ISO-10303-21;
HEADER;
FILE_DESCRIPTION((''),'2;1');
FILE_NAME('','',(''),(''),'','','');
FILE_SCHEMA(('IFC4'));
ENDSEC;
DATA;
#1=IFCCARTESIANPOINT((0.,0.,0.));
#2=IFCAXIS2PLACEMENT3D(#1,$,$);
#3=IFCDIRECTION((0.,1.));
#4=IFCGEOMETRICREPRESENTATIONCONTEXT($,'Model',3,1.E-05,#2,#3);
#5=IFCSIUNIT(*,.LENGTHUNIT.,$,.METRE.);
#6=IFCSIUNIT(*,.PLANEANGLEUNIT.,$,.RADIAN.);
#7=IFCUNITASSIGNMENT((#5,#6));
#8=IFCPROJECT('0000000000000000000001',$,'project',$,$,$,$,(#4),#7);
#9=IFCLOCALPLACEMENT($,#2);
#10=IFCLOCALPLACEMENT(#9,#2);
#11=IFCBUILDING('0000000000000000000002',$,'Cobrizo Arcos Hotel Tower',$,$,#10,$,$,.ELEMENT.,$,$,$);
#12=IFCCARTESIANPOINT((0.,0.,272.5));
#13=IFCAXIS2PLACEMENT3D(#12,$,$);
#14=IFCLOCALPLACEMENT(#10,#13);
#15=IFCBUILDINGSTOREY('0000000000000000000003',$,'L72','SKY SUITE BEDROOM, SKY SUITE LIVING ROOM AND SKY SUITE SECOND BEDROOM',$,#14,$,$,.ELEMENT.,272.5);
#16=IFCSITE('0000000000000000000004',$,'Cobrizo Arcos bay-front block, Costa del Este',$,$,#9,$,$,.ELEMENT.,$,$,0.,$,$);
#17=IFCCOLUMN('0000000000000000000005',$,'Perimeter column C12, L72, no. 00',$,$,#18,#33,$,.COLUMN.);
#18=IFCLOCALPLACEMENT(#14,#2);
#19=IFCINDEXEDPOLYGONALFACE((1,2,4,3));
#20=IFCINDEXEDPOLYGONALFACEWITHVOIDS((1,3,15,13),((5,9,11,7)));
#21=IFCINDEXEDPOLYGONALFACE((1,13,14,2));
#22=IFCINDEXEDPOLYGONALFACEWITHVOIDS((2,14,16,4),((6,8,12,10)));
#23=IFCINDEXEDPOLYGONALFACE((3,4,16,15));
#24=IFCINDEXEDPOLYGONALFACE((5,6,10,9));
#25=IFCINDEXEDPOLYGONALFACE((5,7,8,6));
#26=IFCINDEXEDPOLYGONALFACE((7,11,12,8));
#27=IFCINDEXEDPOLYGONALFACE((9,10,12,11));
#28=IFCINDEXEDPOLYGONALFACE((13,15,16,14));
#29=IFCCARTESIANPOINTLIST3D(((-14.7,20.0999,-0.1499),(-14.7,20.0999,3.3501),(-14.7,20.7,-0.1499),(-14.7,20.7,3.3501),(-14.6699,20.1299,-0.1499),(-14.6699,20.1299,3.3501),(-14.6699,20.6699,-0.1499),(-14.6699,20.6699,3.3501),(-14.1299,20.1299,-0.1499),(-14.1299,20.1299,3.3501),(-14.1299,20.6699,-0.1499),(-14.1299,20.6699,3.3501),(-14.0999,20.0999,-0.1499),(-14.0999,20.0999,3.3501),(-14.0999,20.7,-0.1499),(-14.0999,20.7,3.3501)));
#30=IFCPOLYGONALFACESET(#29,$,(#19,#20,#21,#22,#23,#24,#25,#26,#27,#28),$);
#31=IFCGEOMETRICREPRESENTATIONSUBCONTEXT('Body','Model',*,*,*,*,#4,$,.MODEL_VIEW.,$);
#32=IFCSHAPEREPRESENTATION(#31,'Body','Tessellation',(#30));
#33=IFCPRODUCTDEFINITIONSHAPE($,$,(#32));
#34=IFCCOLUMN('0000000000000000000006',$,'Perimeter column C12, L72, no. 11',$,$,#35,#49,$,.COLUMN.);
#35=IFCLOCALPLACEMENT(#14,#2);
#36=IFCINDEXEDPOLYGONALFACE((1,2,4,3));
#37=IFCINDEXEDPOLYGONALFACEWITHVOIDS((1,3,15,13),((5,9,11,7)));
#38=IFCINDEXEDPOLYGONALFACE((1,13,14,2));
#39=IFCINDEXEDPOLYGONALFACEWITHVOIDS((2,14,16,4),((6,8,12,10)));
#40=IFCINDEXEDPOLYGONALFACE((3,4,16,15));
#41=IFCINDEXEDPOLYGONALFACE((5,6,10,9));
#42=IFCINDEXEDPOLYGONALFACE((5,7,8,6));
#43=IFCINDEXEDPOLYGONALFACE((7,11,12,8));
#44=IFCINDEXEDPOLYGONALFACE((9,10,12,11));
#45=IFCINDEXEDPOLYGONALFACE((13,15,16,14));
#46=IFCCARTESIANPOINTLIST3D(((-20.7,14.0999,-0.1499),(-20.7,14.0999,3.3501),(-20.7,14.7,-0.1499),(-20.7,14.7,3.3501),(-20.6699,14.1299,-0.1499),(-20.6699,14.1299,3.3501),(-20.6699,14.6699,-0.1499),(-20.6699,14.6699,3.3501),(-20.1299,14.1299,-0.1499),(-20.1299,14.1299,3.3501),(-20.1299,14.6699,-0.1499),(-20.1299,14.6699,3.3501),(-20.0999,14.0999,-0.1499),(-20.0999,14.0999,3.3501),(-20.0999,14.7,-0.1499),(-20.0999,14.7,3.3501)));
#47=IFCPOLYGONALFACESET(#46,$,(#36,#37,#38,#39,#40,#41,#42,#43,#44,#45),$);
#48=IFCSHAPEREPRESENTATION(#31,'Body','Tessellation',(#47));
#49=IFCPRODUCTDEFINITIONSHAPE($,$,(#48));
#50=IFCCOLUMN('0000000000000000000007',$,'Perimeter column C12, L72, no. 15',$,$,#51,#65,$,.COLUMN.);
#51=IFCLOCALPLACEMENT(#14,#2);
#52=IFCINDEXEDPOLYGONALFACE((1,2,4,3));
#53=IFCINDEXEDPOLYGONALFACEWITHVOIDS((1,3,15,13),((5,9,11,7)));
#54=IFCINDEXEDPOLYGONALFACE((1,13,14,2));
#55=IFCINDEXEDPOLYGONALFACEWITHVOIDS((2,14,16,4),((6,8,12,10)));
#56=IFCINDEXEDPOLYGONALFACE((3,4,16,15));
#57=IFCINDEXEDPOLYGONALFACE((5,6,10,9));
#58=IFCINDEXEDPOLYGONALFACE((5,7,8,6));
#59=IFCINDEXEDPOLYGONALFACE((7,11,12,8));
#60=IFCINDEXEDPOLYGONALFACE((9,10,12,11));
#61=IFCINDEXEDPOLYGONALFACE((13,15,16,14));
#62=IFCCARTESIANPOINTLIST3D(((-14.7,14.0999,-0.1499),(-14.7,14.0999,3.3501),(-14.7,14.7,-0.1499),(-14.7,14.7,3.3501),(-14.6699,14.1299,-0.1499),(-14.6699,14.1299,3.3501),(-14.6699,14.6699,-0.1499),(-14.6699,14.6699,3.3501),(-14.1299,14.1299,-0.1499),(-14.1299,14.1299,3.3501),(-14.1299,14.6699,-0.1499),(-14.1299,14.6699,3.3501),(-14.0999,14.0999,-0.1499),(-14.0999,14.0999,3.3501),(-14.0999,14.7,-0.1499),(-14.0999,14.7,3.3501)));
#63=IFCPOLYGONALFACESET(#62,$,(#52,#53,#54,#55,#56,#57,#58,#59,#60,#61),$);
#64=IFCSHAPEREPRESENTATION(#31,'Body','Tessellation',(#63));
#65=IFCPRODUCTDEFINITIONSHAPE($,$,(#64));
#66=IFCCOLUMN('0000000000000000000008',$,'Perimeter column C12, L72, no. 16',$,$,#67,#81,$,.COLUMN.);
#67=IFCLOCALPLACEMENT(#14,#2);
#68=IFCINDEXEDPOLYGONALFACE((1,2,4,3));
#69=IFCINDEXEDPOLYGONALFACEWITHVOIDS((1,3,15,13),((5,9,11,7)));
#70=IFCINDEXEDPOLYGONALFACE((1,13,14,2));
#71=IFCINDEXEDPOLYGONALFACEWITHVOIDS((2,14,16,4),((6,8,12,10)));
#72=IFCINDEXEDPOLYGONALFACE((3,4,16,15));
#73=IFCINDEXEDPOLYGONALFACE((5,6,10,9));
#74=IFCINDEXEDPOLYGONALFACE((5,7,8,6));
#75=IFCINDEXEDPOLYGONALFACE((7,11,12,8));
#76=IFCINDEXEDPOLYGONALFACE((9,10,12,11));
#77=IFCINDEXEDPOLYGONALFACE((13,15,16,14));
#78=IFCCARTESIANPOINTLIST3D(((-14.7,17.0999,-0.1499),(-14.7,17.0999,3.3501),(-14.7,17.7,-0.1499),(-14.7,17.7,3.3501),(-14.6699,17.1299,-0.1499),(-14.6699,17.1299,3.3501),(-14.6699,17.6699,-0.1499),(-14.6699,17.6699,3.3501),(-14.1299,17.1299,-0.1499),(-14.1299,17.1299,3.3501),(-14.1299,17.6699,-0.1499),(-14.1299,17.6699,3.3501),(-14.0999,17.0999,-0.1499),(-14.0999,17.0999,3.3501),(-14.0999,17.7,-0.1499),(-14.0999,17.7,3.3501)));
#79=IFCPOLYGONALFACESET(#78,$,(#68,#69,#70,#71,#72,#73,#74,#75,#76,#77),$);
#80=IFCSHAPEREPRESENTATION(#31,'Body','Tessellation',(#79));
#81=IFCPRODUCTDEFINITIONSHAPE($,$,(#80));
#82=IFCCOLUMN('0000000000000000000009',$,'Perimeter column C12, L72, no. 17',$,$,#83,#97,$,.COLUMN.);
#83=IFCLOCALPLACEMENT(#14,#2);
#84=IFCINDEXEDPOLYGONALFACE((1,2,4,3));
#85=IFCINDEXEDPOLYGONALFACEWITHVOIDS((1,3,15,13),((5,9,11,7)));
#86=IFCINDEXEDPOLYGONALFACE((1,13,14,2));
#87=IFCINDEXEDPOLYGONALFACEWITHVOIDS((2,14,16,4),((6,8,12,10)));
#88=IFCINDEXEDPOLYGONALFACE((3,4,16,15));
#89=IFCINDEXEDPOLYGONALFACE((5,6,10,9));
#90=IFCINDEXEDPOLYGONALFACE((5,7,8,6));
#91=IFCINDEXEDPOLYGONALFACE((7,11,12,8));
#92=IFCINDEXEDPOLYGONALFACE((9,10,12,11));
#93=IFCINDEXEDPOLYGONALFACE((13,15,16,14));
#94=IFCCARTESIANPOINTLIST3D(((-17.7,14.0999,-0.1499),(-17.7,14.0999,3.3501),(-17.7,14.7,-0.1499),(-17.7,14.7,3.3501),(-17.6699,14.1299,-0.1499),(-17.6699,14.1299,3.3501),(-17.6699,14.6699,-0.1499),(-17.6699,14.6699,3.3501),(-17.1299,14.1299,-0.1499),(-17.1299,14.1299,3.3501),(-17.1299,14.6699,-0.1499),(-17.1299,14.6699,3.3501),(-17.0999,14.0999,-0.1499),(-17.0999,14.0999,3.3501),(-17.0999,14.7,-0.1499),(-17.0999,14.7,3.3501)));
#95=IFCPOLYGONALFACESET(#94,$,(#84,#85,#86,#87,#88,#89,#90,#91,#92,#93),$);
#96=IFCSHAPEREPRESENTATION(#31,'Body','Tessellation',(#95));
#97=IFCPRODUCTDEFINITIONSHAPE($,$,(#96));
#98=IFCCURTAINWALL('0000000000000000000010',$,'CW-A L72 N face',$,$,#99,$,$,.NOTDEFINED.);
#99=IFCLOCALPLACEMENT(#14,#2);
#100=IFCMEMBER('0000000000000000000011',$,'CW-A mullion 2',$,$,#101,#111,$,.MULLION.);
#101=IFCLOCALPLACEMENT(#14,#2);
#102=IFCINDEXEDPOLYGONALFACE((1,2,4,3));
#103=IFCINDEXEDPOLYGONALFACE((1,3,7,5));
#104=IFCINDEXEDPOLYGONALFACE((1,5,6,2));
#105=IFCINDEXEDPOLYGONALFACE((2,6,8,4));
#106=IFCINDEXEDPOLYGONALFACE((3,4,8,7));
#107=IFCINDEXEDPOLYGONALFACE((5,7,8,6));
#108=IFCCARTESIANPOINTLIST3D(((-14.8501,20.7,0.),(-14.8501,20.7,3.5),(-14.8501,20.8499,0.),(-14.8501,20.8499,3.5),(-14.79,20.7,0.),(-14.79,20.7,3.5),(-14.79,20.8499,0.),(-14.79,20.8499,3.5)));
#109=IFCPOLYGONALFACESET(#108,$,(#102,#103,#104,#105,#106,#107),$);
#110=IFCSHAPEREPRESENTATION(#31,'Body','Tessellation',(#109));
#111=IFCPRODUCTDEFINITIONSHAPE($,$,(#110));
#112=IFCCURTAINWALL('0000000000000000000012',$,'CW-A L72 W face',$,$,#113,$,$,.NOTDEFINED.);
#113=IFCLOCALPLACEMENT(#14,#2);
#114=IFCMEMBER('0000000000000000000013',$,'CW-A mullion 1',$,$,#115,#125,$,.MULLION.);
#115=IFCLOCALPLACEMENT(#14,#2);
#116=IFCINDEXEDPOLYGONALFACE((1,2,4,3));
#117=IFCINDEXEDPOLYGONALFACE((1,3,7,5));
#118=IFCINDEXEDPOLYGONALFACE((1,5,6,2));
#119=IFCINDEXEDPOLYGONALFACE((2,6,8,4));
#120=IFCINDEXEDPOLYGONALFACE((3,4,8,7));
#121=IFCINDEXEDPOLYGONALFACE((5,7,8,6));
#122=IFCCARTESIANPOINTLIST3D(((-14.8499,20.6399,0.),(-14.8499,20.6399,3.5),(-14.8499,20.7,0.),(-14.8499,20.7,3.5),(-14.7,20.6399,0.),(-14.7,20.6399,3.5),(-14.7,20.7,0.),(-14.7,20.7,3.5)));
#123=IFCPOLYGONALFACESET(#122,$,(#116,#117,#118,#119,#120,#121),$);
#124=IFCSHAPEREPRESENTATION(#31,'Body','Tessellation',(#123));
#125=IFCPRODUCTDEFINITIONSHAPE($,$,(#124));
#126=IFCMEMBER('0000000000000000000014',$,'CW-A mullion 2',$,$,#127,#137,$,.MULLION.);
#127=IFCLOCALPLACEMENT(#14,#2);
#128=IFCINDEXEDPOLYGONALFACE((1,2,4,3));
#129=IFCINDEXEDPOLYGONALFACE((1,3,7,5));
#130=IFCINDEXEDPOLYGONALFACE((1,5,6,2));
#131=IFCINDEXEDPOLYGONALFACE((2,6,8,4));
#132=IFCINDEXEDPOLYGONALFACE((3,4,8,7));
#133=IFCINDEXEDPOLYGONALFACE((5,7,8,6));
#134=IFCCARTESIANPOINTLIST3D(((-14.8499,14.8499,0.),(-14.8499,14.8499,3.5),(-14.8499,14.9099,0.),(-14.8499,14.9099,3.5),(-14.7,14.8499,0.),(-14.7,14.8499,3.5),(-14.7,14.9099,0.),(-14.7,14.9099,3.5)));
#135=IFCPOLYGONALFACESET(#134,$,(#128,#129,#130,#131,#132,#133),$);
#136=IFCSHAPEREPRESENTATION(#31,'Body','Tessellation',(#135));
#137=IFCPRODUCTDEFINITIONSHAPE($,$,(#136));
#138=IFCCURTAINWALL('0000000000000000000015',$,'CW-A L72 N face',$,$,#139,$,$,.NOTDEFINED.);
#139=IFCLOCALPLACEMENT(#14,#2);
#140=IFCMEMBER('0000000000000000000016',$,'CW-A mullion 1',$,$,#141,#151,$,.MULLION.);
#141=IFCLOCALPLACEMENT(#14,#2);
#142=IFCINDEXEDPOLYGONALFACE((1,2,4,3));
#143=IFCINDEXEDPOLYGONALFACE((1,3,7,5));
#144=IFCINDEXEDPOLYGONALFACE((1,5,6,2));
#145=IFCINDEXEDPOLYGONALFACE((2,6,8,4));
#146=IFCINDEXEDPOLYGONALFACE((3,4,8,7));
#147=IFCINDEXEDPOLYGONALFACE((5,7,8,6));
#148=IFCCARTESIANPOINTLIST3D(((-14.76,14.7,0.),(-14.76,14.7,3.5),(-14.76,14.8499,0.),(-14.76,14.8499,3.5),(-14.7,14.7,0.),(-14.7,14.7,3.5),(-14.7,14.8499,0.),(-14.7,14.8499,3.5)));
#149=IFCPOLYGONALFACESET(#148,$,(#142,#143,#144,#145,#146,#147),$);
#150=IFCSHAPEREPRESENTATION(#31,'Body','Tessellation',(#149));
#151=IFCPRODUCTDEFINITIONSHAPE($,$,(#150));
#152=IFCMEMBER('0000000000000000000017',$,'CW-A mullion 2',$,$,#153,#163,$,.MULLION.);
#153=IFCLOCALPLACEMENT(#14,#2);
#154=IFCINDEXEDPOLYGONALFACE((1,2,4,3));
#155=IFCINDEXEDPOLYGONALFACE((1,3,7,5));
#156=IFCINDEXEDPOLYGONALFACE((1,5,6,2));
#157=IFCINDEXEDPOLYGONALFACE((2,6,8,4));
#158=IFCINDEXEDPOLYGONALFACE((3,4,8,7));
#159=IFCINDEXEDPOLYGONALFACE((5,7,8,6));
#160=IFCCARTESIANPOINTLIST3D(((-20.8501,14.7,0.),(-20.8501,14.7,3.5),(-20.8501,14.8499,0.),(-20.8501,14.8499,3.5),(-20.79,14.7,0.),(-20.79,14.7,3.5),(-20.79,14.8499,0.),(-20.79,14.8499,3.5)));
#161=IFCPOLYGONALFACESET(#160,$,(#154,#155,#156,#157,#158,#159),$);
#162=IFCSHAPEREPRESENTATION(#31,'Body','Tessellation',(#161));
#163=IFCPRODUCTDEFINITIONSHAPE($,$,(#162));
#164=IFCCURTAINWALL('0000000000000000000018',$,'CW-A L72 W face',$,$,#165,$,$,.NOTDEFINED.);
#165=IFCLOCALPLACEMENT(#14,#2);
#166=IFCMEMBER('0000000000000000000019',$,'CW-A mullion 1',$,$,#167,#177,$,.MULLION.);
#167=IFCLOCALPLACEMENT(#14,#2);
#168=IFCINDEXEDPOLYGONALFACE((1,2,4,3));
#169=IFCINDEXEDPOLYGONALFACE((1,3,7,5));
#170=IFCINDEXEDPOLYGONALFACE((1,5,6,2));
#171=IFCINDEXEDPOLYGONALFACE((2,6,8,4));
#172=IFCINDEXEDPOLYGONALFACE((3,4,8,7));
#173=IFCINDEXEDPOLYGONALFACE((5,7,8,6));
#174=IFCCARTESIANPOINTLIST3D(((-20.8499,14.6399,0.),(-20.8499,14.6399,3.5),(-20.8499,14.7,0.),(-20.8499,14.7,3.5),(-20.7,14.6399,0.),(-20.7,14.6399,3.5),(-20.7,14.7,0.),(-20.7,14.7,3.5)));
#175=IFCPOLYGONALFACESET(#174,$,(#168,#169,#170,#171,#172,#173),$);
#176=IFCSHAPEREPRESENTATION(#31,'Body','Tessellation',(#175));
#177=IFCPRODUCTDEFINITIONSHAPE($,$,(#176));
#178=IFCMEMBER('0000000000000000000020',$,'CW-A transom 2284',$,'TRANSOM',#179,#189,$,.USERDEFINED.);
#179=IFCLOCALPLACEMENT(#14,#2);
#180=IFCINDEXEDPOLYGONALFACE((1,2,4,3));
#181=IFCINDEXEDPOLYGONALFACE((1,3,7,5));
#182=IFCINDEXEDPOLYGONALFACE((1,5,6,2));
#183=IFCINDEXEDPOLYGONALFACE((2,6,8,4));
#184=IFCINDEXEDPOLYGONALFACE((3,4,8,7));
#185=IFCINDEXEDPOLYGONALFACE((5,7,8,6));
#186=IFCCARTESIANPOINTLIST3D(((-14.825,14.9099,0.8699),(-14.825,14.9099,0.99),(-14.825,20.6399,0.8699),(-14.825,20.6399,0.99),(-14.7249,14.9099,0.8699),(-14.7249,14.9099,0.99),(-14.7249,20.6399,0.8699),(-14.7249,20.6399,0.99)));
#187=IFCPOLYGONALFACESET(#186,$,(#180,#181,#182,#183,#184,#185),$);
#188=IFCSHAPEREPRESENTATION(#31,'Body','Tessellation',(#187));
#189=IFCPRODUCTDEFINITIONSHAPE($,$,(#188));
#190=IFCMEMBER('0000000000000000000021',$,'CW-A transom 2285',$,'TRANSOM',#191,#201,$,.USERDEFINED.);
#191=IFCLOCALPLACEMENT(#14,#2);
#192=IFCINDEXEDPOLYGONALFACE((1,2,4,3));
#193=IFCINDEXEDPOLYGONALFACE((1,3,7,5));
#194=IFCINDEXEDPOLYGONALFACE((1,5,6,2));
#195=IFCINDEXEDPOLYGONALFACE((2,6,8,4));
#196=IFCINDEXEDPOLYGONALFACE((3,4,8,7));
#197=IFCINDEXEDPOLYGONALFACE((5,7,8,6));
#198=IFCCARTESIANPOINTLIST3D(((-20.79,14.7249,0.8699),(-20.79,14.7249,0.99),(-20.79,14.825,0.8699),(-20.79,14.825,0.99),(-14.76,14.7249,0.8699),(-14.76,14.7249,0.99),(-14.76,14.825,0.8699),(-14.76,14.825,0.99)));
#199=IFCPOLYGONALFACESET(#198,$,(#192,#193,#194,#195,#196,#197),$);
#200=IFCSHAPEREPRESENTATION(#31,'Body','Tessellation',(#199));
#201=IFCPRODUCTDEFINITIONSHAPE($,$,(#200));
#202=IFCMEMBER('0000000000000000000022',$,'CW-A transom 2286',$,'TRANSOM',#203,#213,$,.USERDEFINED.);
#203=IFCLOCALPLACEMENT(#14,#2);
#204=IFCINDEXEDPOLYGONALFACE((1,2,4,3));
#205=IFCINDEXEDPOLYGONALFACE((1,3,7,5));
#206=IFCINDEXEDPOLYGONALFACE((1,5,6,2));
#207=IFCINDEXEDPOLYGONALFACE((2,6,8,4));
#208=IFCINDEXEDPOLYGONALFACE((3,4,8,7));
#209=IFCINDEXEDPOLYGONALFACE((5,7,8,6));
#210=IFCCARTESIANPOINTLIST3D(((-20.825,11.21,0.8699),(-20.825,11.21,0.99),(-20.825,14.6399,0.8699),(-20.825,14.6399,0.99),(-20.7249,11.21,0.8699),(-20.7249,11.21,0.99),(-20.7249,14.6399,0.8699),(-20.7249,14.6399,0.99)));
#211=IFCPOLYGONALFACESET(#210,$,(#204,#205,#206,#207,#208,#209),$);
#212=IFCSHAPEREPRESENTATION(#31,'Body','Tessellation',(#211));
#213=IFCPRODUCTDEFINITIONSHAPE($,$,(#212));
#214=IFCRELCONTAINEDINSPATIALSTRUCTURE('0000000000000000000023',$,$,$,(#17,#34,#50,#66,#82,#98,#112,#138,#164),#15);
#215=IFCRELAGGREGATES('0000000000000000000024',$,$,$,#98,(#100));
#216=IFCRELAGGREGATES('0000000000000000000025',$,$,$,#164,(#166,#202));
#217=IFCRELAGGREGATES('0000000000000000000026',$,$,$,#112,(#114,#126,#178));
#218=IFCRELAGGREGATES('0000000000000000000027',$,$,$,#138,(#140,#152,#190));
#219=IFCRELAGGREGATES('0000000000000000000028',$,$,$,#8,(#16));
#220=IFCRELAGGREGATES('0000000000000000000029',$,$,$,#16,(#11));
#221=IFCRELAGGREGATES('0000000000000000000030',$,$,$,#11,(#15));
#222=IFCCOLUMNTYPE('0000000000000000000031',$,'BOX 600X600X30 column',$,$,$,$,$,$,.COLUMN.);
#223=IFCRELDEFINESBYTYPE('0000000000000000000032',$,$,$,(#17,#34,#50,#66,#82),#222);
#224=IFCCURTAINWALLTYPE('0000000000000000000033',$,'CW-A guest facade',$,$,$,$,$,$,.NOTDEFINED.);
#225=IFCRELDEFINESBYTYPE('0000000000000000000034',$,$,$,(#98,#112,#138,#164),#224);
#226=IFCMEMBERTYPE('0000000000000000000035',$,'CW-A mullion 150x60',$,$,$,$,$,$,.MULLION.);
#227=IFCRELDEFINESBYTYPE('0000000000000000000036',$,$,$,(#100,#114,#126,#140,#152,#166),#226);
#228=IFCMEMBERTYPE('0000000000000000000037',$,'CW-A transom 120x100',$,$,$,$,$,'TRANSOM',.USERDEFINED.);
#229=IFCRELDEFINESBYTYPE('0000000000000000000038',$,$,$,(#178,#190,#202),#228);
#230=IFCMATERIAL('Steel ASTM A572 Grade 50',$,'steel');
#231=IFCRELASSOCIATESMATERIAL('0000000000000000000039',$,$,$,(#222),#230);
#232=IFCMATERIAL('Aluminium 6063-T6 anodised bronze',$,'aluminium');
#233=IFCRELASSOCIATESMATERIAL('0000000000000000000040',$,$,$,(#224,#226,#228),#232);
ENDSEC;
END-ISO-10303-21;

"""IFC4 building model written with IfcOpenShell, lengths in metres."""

from ifc_helpers import new_model, si_unit, direction, frame, origin, origin_2d, place, context, subcontext, project, spatial, rectangle, hollow_rectangle, extrude, material, material_profile, profile_set, type_object, element, aggregate, save


model = new_model("IFC4")

# Units and contexts
model_context = context("Model", 3, precision=1e-05, world=origin(), true_north=direction((0.0, 1.0)))
body_context = subcontext(model_context, "Body", "Model", "MODEL_VIEW")
ifc_project = project(units=[si_unit("LENGTHUNIT", "METRE"), si_unit("PLANEANGLEUNIT", "RADIAN")], contexts=[model_context])

# Site, building, storey
site_placement = place(None, origin())
site = spatial("IfcSite", under=ifc_project, at=site_placement, Name="Cobrizo Arcos bay-front block, Costa del Este", CompositionType="ELEMENT", RefElevation=0.0)
building_placement = place(site_placement, origin())
building = spatial("IfcBuilding", under=site, at=building_placement, Name="Cobrizo Arcos Hotel Tower", CompositionType="ELEMENT")
storey_placement = place(building_placement, frame((0.0, 0.0, 272.5)))
storey = spatial("IfcBuildingStorey", under=building, at=storey_placement, Name="L72", Description="SKY SUITE BEDROOM, SKY SUITE LIVING ROOM AND SKY SUITE SECOND BEDROOM", CompositionType="ELEMENT", Elevation=272.5)

# Columns
ifc_material_1 = material(Name="Steel ASTM A572 Grade 50", Category="steel")
ifc_material_profile_1 = material_profile(ifc_material_1, hollow_rectangle(XDim=0.6001, YDim=0.6001, WallThickness=0.03, at=origin_2d()), Name="BOX 600X600X30")
ifc_profile_set_1 = profile_set([ifc_material_profile_1], Name="Steel ASTM A572 Grade 50")
column_type = type_object("IfcColumnType", Name="BOX 600X600X30 column", PredefinedType="COLUMN", material=ifc_profile_set_1)
for number, where, z_axis, x_axis, name in (
    (1, (-14.3999, 20.3999, -0.1499), (0.0, 0.0, 1.0), (1.0, 0.0, 0.0), "Perimeter column C12, L72, no. 00"),
    (2, (-20.3999, 14.3999, -0.1499), (0.0, 0.0, 1.0), (1.0, 0.0, 0.0), "Perimeter column C12, L72, no. 11"),
    (3, (-14.3999, 14.3999, -0.1499), (0.0, 0.0, 1.0), (1.0, 0.0, 0.0), "Perimeter column C12, L72, no. 15"),
    (4, (-14.3999, 17.3999, -0.1499), (0.0, 0.0, 1.0), (1.0, 0.0, 0.0), "Perimeter column C12, L72, no. 16"),
    (5, (-17.3999, 14.3999, -0.1499), (0.0, 0.0, 1.0), (1.0, 0.0, 0.0), "Perimeter column C12, L72, no. 17"),
):
    element("IfcColumn", number, at=place(storey_placement, frame(where, z_axis=z_axis, x_axis=x_axis)), inside=storey, type_object=column_type, Name=name, PredefinedType="COLUMN", context=body_context, shape_type="SweptSolid", body=[
        extrude(hollow_rectangle(XDim=0.6001, YDim=0.6001, WallThickness=0.03, at=origin_2d()), origin(), (0.0, 0.0, 1.0), 3.5),
    ])

# Curtain wall, member
ifc_material_2 = material(Name="Aluminium 6063-T6 anodised bronze", Category="aluminium")
curtain_wall_type = type_object("IfcCurtainWallType", Name="CW-A guest facade", PredefinedType="NOTDEFINED", material=ifc_material_2)
curtain_wall_1_placement = place(storey_placement, origin())
curtain_wall_1 = element("IfcCurtainWall", 6, at=curtain_wall_1_placement, inside=storey, type_object=curtain_wall_type, Name="CW-A L72 N face", PredefinedType="NOTDEFINED")
ifc_material_profile_2 = material_profile(ifc_material_2, rectangle(XDim=0.1499, YDim=0.0601, at=origin_2d()), Name="CW-A mullion 150x60")
ifc_profile_set_2 = profile_set([ifc_material_profile_2], Name="Aluminium 6063-T6 anodised bronze")
member_type_1 = type_object("IfcMemberType", Name="CW-A mullion 150x60", PredefinedType="MULLION", material=ifc_profile_set_2)
member_1_placement = place(storey_placement, frame((-14.8201, 20.7749, 0.0), z_axis=(0.0, 0.0, 1.0), x_axis=(0.0, 1.0, 0.0)))
member_1 = element("IfcMember", 7, at=member_1_placement, type_object=member_type_1, Name="CW-A mullion 2", PredefinedType="MULLION", context=body_context, shape_type="SweptSolid", body=[
    extrude(rectangle(XDim=0.1499, YDim=0.0601, at=origin_2d()), origin(), (0.0, 0.0, 1.0), 3.5),
])
aggregate(curtain_wall_1, [member_1])

# Curtain walls, members
curtain_wall_2_placement = place(storey_placement, origin())
curtain_wall_2 = element("IfcCurtainWall", 8, at=curtain_wall_2_placement, inside=storey, type_object=curtain_wall_type, Name="CW-A L72 W face", PredefinedType="NOTDEFINED")
member_2_placement = place(storey_placement, frame((-14.7749, 20.6699, 0.0), z_axis=(0.0, 0.0, 1.0), x_axis=(-1.0, 0.0, 0.0)))
member_2 = element("IfcMember", 9, at=member_2_placement, type_object=member_type_1, Name="CW-A mullion 1", PredefinedType="MULLION", context=body_context, shape_type="SweptSolid", body=[
    extrude(rectangle(XDim=0.1499, YDim=0.0601, at=origin_2d()), origin(), (0.0, 0.0, 1.0), 3.5),
])
member_3_placement = place(storey_placement, frame((-14.7749, 14.8799, 0.0), z_axis=(0.0, 0.0, 1.0), x_axis=(-1.0, 0.0, 0.0)))
member_3 = element("IfcMember", 10, at=member_3_placement, type_object=member_type_1, Name="CW-A mullion 2", PredefinedType="MULLION", context=body_context, shape_type="SweptSolid", body=[
    extrude(rectangle(XDim=0.1499, YDim=0.0601, at=origin_2d()), origin(), (0.0, 0.0, 1.0), 3.5),
])
curtain_wall_3_placement = place(storey_placement, origin())
curtain_wall_3 = element("IfcCurtainWall", 11, at=curtain_wall_3_placement, inside=storey, type_object=curtain_wall_type, Name="CW-A L72 N face", PredefinedType="NOTDEFINED")
member_4_placement = place(storey_placement, frame((-14.73, 14.7749, 0.0), z_axis=(0.0, 0.0, 1.0), x_axis=(0.0, 1.0, 0.0)))
member_4 = element("IfcMember", 12, at=member_4_placement, type_object=member_type_1, Name="CW-A mullion 1", PredefinedType="MULLION", context=body_context, shape_type="SweptSolid", body=[
    extrude(rectangle(XDim=0.1499, YDim=0.0601, at=origin_2d()), origin(), (0.0, 0.0, 1.0), 3.5),
])
member_5_placement = place(storey_placement, frame((-20.8201, 14.7749, 0.0), z_axis=(0.0, 0.0, 1.0), x_axis=(0.0, 1.0, 0.0)))
member_5 = element("IfcMember", 13, at=member_5_placement, type_object=member_type_1, Name="CW-A mullion 2", PredefinedType="MULLION", context=body_context, shape_type="SweptSolid", body=[
    extrude(rectangle(XDim=0.1499, YDim=0.0601, at=origin_2d()), origin(), (0.0, 0.0, 1.0), 3.5),
])

# Curtain wall, member
curtain_wall_4_placement = place(storey_placement, origin())
curtain_wall_4 = element("IfcCurtainWall", 14, at=curtain_wall_4_placement, inside=storey, type_object=curtain_wall_type, Name="CW-A L72 W face", PredefinedType="NOTDEFINED")
member_6_placement = place(storey_placement, frame((-20.7749, 14.6699, 0.0), z_axis=(0.0, 0.0, 1.0), x_axis=(-1.0, 0.0, 0.0)))
member_6 = element("IfcMember", 15, at=member_6_placement, type_object=member_type_1, Name="CW-A mullion 1", PredefinedType="MULLION", context=body_context, shape_type="SweptSolid", body=[
    extrude(rectangle(XDim=0.1499, YDim=0.0601, at=origin_2d()), origin(), (0.0, 0.0, 1.0), 3.5),
])

# Members
ifc_material_profile_3 = material_profile(ifc_material_2, rectangle(XDim=0.1001, YDim=0.1201, at=origin_2d()), Name="CW-A transom 120x100")
ifc_profile_set_3 = profile_set([ifc_material_profile_3], Name="Aluminium 6063-T6 anodised bronze")
member_type_2 = type_object("IfcMemberType", Name="CW-A transom 120x100", ElementType="TRANSOM", PredefinedType="USERDEFINED", material=ifc_profile_set_3)
member_7_placement = place(storey_placement, frame((-14.7749, 20.6399, 0.9299), z_axis=(0.0, -1.0, 0.0), x_axis=(1.0, 0.0, 0.0)))
member_7 = element("IfcMember", 16, at=member_7_placement, type_object=member_type_2, Name="CW-A transom 2284", ObjectType="TRANSOM", PredefinedType="USERDEFINED", context=body_context, shape_type="SweptSolid", body=[
    extrude(rectangle(XDim=0.1001, YDim=0.1201, at=origin_2d()), origin(), (0.0, 0.0, 1.0), 5.73),
])
member_8_placement = place(storey_placement, frame((-14.76, 14.7749, 0.9299), z_axis=(-1.0, 0.0, 0.0), x_axis=(0.0, -1.0, 0.0)))
member_8 = element("IfcMember", 17, at=member_8_placement, type_object=member_type_2, Name="CW-A transom 2285", ObjectType="TRANSOM", PredefinedType="USERDEFINED", context=body_context, shape_type="SweptSolid", body=[
    extrude(rectangle(XDim=0.1001, YDim=0.1201, at=origin_2d()), origin(), (0.0, 0.0, 1.0), 6.03),
])
member_9_placement = place(storey_placement, frame((-20.7749, 14.6399, 0.9299), z_axis=(0.0, -1.0, 0.0), x_axis=(1.0, 0.0, 0.0)))
member_9 = element("IfcMember", 18, at=member_9_placement, type_object=member_type_2, Name="CW-A transom 2286", ObjectType="TRANSOM", PredefinedType="USERDEFINED", context=body_context, shape_type="SweptSolid", body=[
    extrude(rectangle(XDim=0.1001, YDim=0.1201, at=origin_2d()), origin(), (0.0, 0.0, 1.0), 3.4299),
])

aggregate(curtain_wall_4, [member_6, member_9])
aggregate(curtain_wall_2, [member_2, member_3, member_7])
aggregate(curtain_wall_3, [member_4, member_5, member_8])

save(model, "model.ifc")
